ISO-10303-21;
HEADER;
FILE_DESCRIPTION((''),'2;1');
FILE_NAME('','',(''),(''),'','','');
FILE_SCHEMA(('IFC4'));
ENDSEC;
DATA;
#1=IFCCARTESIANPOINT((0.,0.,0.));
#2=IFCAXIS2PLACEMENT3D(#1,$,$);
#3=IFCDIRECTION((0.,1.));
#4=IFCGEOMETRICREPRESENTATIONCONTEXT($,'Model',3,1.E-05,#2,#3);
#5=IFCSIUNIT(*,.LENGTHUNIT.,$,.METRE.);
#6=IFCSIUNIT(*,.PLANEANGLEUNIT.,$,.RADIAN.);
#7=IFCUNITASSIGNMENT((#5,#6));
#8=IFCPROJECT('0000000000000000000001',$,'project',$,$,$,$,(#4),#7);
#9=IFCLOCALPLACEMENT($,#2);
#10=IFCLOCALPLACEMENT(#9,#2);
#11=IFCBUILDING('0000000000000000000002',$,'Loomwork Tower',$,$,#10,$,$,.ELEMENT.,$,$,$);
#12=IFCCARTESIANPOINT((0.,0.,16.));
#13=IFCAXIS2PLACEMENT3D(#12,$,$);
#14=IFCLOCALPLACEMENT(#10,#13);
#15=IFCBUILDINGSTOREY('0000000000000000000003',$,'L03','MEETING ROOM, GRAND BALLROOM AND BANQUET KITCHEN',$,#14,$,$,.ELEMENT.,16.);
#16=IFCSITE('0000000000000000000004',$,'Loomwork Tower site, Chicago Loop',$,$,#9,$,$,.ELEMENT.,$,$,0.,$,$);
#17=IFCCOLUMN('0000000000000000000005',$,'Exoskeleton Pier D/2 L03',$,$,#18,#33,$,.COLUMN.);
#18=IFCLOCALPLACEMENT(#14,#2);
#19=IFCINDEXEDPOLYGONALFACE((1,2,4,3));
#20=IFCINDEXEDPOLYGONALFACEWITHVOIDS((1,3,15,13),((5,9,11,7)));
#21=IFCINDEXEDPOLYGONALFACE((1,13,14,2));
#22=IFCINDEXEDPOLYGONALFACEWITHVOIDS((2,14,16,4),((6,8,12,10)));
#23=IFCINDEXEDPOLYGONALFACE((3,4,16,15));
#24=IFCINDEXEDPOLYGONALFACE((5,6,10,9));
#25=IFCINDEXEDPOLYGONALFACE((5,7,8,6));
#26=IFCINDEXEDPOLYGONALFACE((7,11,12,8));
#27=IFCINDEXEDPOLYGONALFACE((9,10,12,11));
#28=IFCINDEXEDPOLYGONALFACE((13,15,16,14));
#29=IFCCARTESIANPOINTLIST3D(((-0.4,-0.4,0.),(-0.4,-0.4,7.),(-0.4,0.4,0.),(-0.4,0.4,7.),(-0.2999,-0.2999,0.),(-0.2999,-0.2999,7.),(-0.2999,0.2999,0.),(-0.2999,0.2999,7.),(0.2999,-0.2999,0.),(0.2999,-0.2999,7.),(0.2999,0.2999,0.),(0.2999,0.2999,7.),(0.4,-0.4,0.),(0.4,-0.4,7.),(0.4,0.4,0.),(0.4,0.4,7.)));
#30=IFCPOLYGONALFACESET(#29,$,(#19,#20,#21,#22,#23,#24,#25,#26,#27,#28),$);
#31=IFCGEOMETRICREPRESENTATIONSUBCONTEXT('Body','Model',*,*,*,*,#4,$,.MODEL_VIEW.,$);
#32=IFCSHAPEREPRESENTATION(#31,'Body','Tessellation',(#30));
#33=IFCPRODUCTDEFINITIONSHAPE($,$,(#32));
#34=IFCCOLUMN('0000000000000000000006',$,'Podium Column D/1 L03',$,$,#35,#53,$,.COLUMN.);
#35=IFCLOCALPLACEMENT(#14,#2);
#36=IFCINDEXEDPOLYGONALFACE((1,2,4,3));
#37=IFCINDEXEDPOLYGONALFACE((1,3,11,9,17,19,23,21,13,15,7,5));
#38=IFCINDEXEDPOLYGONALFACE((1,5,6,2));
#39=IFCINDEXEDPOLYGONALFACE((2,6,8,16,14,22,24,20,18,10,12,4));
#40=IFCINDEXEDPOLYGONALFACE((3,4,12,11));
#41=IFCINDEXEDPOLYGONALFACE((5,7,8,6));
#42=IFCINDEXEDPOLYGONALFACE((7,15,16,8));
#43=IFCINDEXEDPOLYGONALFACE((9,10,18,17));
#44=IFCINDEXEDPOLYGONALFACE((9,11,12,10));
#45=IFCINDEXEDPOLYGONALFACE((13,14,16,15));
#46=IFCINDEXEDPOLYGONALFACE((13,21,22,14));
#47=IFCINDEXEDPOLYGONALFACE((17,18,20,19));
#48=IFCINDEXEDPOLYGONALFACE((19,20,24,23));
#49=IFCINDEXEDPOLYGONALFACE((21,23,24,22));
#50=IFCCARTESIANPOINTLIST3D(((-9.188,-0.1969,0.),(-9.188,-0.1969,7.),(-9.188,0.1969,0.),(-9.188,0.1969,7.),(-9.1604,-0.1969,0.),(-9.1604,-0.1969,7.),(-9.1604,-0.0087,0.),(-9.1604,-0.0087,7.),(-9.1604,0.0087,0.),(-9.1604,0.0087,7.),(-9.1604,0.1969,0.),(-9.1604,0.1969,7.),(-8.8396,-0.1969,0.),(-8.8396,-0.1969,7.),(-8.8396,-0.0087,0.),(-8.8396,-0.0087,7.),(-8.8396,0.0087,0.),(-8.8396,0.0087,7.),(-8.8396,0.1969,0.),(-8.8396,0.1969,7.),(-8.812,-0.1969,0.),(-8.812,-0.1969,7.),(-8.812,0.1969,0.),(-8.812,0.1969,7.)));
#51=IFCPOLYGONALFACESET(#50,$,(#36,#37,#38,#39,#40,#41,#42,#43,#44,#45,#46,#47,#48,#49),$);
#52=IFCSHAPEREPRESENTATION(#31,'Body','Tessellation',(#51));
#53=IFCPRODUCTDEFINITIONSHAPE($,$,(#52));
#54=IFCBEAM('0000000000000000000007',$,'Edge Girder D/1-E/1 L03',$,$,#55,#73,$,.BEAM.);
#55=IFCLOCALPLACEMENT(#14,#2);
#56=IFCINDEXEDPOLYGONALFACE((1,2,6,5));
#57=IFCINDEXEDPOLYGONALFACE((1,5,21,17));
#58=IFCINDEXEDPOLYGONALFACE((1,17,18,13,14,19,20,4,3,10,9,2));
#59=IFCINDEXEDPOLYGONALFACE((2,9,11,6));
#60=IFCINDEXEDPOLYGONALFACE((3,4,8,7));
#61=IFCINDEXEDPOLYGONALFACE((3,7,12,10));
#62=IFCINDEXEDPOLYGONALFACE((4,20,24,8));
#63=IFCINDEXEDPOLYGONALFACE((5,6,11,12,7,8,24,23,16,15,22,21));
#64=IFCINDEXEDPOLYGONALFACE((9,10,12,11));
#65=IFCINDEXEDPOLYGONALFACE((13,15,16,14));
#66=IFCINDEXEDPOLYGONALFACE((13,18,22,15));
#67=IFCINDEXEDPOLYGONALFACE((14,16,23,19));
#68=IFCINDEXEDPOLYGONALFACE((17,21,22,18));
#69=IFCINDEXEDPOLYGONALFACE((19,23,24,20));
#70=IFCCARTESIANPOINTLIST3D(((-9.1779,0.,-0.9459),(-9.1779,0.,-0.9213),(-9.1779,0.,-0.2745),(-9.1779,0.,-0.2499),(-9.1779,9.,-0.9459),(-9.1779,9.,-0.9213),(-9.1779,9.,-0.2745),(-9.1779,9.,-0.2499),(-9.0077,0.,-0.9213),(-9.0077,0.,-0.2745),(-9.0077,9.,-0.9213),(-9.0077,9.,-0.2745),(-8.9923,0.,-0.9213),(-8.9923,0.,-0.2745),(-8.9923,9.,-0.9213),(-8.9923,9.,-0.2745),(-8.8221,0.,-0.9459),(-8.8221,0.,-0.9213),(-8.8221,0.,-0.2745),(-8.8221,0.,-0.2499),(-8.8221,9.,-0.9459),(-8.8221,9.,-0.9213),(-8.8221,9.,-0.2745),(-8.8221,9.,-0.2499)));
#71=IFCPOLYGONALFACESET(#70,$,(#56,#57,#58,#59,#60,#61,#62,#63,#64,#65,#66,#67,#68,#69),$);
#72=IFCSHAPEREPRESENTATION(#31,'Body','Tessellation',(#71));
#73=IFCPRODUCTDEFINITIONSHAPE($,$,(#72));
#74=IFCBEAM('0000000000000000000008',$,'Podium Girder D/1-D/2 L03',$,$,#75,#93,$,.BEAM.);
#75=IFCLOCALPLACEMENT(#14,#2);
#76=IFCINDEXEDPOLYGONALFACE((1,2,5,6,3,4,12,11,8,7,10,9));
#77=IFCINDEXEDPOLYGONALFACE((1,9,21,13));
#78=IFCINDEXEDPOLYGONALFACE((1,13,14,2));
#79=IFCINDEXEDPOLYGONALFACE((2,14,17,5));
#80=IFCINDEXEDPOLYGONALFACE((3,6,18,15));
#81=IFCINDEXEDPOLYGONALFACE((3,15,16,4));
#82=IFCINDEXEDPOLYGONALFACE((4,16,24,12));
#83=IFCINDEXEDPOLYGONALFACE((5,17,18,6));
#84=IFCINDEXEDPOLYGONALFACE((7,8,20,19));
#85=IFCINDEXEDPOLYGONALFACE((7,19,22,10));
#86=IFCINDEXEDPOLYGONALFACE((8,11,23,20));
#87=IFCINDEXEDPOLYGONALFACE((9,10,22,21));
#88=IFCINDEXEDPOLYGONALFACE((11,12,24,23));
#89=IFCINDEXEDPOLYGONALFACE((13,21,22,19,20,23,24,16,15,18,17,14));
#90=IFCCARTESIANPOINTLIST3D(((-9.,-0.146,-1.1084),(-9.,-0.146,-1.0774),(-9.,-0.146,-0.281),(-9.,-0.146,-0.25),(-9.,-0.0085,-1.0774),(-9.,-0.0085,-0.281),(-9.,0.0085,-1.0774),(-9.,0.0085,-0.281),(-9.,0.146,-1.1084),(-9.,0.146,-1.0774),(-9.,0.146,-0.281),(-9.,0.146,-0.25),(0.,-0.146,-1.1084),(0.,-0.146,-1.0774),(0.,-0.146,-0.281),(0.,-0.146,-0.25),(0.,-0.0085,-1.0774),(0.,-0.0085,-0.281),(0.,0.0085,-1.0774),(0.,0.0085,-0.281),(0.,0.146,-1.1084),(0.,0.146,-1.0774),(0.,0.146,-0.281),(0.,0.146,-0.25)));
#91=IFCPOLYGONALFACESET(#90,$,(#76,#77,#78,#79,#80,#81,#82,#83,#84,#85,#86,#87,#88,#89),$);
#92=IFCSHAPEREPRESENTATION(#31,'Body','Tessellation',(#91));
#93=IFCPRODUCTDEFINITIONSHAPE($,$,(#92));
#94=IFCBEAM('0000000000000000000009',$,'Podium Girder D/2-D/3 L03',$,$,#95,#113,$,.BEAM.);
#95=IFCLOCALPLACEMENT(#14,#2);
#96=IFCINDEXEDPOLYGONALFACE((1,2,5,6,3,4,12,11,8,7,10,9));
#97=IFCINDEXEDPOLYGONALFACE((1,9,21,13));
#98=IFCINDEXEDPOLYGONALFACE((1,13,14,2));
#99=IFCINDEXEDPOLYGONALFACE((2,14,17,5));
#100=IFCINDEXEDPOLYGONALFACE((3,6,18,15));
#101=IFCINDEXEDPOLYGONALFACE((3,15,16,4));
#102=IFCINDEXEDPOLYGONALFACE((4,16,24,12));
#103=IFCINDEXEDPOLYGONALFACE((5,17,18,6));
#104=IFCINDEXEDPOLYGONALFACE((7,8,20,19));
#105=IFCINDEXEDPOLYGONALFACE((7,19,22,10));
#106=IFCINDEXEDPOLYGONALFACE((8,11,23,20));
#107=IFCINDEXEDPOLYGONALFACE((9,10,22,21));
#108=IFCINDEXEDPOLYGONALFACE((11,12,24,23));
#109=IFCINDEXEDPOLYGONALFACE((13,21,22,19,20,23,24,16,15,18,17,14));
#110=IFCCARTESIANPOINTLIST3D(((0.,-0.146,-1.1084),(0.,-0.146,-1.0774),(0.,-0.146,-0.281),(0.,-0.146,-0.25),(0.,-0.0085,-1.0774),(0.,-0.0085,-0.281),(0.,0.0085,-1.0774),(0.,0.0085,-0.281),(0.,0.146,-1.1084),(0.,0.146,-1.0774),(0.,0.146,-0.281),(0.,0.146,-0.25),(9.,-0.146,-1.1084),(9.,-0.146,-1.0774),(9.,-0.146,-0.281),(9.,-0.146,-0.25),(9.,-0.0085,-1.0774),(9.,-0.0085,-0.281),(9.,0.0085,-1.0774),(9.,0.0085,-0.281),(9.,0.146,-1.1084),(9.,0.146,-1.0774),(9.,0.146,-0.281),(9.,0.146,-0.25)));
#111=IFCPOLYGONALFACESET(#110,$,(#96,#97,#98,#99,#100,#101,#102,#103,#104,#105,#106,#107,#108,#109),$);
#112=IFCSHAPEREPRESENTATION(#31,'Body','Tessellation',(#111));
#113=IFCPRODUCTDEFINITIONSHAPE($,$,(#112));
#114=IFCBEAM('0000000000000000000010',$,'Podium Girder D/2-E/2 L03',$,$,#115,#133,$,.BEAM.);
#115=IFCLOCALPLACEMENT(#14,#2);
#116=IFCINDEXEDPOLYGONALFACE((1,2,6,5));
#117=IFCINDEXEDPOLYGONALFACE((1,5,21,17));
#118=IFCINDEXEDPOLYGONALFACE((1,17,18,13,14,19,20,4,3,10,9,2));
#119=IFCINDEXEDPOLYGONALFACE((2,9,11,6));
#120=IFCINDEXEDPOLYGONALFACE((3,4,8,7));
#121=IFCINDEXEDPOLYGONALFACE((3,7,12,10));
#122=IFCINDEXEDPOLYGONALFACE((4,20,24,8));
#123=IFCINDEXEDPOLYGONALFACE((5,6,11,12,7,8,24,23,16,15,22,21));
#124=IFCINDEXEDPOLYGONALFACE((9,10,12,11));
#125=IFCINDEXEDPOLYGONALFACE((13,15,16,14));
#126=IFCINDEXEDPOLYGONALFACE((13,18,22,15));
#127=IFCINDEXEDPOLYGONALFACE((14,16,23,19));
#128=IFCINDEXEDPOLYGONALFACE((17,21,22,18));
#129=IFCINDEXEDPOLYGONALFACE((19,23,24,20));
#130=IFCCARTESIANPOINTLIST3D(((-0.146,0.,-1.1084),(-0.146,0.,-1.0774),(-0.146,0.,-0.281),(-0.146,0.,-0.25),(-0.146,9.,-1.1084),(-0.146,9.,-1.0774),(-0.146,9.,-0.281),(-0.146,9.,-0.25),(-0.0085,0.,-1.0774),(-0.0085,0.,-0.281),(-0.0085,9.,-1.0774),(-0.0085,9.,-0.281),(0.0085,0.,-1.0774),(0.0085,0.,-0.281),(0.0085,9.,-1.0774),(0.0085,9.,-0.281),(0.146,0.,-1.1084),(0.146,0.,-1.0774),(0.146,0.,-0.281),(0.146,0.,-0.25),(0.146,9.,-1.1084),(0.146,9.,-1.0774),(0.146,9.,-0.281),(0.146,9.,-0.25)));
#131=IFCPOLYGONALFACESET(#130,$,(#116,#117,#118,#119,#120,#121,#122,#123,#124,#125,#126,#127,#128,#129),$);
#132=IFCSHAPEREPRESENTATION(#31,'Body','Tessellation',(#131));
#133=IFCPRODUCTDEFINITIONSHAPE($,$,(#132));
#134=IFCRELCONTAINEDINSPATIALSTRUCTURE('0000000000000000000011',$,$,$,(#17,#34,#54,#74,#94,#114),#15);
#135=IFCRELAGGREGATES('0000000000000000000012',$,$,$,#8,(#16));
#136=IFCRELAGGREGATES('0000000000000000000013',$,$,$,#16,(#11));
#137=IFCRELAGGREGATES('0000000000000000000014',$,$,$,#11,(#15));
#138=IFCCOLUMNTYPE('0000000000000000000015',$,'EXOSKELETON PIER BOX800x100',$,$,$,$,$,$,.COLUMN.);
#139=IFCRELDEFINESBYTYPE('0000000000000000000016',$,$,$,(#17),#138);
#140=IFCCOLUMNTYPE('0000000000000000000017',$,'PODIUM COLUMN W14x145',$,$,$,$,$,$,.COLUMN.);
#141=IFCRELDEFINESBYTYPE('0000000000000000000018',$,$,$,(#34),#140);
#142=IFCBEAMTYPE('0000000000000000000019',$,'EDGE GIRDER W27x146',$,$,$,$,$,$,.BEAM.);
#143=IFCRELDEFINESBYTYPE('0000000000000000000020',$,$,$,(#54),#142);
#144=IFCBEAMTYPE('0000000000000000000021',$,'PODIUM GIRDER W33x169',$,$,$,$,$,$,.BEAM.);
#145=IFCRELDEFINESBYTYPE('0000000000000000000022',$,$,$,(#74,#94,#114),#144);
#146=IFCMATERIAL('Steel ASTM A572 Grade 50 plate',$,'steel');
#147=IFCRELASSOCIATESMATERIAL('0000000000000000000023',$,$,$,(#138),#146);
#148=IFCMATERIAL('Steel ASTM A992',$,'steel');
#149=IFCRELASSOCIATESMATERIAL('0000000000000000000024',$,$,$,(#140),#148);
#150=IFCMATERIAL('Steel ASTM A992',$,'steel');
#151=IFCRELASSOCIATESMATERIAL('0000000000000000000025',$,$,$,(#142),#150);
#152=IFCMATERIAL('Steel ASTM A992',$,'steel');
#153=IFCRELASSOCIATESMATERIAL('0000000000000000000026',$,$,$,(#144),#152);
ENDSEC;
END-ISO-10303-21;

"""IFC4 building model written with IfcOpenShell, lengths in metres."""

from ifc_helpers import new_model, si_unit, direction, frame, origin, origin_with_axes, origin_2d, place, context, subcontext, project, spatial, hollow_rectangle, i_section, extrude, material, material_profile, profile_set, type_object, element, save


model = new_model("IFC4")

# Units and contexts
model_context = context("Model", 3, precision=1e-05, world=origin(), true_north=direction((0.0, 1.0)))
body_context = subcontext(model_context, "Body", "Model", "MODEL_VIEW")
ifc_project = project(units=[si_unit("LENGTHUNIT", "METRE"), si_unit("PLANEANGLEUNIT", "RADIAN")], contexts=[model_context])

# Site, building, storey
site_placement = place(None, origin())
site = spatial("IfcSite", under=ifc_project, at=site_placement, Name="Loomwork Tower site, Chicago Loop", CompositionType="ELEMENT", RefElevation=0.0)
building_placement = place(site_placement, origin())
building = spatial("IfcBuilding", under=site, at=building_placement, Name="Loomwork Tower", CompositionType="ELEMENT")
storey_placement = place(building_placement, frame((0.0, 0.0, 16.0)))
storey = spatial("IfcBuildingStorey", under=building, at=storey_placement, Name="L03", Description="MEETING ROOM, GRAND BALLROOM AND BANQUET KITCHEN", CompositionType="ELEMENT", Elevation=16.0)

# Columns
ifc_material_1 = material(Name="Steel ASTM A572 Grade 50 plate", Category="steel")
ifc_material_profile_1 = material_profile(ifc_material_1, hollow_rectangle(XDim=0.8, YDim=0.8, WallThickness=0.1001, at=origin_2d()), Name="BOX800x100")
ifc_profile_set_1 = profile_set([ifc_material_profile_1], Name="Steel ASTM A572 Grade 50 plate")
column_type_1 = type_object("IfcColumnType", Name="EXOSKELETON PIER BOX800x100", PredefinedType="COLUMN", material=ifc_profile_set_1)
column_1_placement = place(storey_placement, origin_with_axes())
element("IfcColumn", 1, at=column_1_placement, inside=storey, type_object=column_type_1, Name="Exoskeleton Pier D/2 L03", PredefinedType="COLUMN", context=body_context, shape_type="SweptSolid", body=[
    extrude(hollow_rectangle(XDim=0.8, YDim=0.8, WallThickness=0.1001, at=origin_2d()), origin(), (0.0, 0.0, 1.0), 7.0),
])
ifc_material_2 = material(Name="Steel ASTM A992", Category="steel")
ifc_material_profile_2 = material_profile(ifc_material_2, i_section(OverallWidth=0.3938, OverallDepth=0.376, WebThickness=0.0173, FlangeThickness=0.0276, at=origin_2d()), Name="W14x145")
ifc_profile_set_2 = profile_set([ifc_material_profile_2], Name="Steel ASTM A992")
column_type_2 = type_object("IfcColumnType", Name="PODIUM COLUMN W14x145", PredefinedType="COLUMN", material=ifc_profile_set_2)
column_2_placement = place(storey_placement, frame((-9.0, 0.0, 0.0), z_axis=(0.0, 0.0, 1.0), x_axis=(0.0, 1.0, 0.0)))
element("IfcColumn", 2, at=column_2_placement, inside=storey, type_object=column_type_2, Name="Podium Column D/1 L03", PredefinedType="COLUMN", context=body_context, shape_type="SweptSolid", body=[
    extrude(i_section(OverallWidth=0.3938, OverallDepth=0.376, WebThickness=0.0173, FlangeThickness=0.0276, at=origin_2d()), origin(), (0.0, 0.0, 1.0), 7.0),
])

# Beams
ifc_material_3 = material(Name="Steel ASTM A992", Category="steel")
ifc_material_profile_3 = material_profile(ifc_material_3, i_section(OverallWidth=0.3557, OverallDepth=0.696, WebThickness=0.0154, FlangeThickness=0.0247, at=origin_2d()), Name="W27x146")
ifc_profile_set_3 = profile_set([ifc_material_profile_3], Name="Steel ASTM A992")
beam_type_1 = type_object("IfcBeamType", Name="EDGE GIRDER W27x146", PredefinedType="BEAM", material=ifc_profile_set_3)
beam_placement = place(storey_placement, frame((-9.0, 0.0, -0.5979), z_axis=(0.0, 1.0, 0.0), x_axis=(-1.0, 0.0, 0.0)))
element("IfcBeam", 3, at=beam_placement, inside=storey, type_object=beam_type_1, Name="Edge Girder D/1-E/1 L03", PredefinedType="BEAM", context=body_context, shape_type="SweptSolid", body=[
    extrude(i_section(OverallWidth=0.3557, OverallDepth=0.696, WebThickness=0.0154, FlangeThickness=0.0247, at=origin_2d()), origin(), (0.0, 0.0, 1.0), 9.0),
])
ifc_material_4 = material(Name="Steel ASTM A992", Category="steel")
ifc_material_profile_4 = material_profile(ifc_material_4, i_section(OverallWidth=0.292, OverallDepth=0.8584, WebThickness=0.0171, FlangeThickness=0.031, at=origin_2d()), Name="W33x169")
ifc_profile_set_4 = profile_set([ifc_material_profile_4], Name="Steel ASTM A992")
beam_type_2 = type_object("IfcBeamType", Name="PODIUM GIRDER W33x169", PredefinedType="BEAM", material=ifc_profile_set_4)
for number, where, z_axis, x_axis, name in (
    (4, (-9.0, 0.0, -0.6792), (1.0, 0.0, 0.0), (0.0, 1.0, 0.0), "Podium Girder D/1-D/2 L03"),
    (5, (0.0, 0.0, -0.6792), (1.0, 0.0, 0.0), (0.0, 1.0, 0.0), "Podium Girder D/2-D/3 L03"),
    (6, (0.0, 0.0, -0.6792), (0.0, 1.0, 0.0), (-1.0, 0.0, 0.0), "Podium Girder D/2-E/2 L03"),
):
    element("IfcBeam", number, at=place(storey_placement, frame(where, z_axis=z_axis, x_axis=x_axis)), inside=storey, type_object=beam_type_2, Name=name, PredefinedType="BEAM", context=body_context, shape_type="SweptSolid", body=[
        extrude(i_section(OverallWidth=0.292, OverallDepth=0.8584, WebThickness=0.0171, FlangeThickness=0.031, at=origin_2d()), origin(), (0.0, 0.0, 1.0), 9.0),
    ])

save(model, "model.ifc")
